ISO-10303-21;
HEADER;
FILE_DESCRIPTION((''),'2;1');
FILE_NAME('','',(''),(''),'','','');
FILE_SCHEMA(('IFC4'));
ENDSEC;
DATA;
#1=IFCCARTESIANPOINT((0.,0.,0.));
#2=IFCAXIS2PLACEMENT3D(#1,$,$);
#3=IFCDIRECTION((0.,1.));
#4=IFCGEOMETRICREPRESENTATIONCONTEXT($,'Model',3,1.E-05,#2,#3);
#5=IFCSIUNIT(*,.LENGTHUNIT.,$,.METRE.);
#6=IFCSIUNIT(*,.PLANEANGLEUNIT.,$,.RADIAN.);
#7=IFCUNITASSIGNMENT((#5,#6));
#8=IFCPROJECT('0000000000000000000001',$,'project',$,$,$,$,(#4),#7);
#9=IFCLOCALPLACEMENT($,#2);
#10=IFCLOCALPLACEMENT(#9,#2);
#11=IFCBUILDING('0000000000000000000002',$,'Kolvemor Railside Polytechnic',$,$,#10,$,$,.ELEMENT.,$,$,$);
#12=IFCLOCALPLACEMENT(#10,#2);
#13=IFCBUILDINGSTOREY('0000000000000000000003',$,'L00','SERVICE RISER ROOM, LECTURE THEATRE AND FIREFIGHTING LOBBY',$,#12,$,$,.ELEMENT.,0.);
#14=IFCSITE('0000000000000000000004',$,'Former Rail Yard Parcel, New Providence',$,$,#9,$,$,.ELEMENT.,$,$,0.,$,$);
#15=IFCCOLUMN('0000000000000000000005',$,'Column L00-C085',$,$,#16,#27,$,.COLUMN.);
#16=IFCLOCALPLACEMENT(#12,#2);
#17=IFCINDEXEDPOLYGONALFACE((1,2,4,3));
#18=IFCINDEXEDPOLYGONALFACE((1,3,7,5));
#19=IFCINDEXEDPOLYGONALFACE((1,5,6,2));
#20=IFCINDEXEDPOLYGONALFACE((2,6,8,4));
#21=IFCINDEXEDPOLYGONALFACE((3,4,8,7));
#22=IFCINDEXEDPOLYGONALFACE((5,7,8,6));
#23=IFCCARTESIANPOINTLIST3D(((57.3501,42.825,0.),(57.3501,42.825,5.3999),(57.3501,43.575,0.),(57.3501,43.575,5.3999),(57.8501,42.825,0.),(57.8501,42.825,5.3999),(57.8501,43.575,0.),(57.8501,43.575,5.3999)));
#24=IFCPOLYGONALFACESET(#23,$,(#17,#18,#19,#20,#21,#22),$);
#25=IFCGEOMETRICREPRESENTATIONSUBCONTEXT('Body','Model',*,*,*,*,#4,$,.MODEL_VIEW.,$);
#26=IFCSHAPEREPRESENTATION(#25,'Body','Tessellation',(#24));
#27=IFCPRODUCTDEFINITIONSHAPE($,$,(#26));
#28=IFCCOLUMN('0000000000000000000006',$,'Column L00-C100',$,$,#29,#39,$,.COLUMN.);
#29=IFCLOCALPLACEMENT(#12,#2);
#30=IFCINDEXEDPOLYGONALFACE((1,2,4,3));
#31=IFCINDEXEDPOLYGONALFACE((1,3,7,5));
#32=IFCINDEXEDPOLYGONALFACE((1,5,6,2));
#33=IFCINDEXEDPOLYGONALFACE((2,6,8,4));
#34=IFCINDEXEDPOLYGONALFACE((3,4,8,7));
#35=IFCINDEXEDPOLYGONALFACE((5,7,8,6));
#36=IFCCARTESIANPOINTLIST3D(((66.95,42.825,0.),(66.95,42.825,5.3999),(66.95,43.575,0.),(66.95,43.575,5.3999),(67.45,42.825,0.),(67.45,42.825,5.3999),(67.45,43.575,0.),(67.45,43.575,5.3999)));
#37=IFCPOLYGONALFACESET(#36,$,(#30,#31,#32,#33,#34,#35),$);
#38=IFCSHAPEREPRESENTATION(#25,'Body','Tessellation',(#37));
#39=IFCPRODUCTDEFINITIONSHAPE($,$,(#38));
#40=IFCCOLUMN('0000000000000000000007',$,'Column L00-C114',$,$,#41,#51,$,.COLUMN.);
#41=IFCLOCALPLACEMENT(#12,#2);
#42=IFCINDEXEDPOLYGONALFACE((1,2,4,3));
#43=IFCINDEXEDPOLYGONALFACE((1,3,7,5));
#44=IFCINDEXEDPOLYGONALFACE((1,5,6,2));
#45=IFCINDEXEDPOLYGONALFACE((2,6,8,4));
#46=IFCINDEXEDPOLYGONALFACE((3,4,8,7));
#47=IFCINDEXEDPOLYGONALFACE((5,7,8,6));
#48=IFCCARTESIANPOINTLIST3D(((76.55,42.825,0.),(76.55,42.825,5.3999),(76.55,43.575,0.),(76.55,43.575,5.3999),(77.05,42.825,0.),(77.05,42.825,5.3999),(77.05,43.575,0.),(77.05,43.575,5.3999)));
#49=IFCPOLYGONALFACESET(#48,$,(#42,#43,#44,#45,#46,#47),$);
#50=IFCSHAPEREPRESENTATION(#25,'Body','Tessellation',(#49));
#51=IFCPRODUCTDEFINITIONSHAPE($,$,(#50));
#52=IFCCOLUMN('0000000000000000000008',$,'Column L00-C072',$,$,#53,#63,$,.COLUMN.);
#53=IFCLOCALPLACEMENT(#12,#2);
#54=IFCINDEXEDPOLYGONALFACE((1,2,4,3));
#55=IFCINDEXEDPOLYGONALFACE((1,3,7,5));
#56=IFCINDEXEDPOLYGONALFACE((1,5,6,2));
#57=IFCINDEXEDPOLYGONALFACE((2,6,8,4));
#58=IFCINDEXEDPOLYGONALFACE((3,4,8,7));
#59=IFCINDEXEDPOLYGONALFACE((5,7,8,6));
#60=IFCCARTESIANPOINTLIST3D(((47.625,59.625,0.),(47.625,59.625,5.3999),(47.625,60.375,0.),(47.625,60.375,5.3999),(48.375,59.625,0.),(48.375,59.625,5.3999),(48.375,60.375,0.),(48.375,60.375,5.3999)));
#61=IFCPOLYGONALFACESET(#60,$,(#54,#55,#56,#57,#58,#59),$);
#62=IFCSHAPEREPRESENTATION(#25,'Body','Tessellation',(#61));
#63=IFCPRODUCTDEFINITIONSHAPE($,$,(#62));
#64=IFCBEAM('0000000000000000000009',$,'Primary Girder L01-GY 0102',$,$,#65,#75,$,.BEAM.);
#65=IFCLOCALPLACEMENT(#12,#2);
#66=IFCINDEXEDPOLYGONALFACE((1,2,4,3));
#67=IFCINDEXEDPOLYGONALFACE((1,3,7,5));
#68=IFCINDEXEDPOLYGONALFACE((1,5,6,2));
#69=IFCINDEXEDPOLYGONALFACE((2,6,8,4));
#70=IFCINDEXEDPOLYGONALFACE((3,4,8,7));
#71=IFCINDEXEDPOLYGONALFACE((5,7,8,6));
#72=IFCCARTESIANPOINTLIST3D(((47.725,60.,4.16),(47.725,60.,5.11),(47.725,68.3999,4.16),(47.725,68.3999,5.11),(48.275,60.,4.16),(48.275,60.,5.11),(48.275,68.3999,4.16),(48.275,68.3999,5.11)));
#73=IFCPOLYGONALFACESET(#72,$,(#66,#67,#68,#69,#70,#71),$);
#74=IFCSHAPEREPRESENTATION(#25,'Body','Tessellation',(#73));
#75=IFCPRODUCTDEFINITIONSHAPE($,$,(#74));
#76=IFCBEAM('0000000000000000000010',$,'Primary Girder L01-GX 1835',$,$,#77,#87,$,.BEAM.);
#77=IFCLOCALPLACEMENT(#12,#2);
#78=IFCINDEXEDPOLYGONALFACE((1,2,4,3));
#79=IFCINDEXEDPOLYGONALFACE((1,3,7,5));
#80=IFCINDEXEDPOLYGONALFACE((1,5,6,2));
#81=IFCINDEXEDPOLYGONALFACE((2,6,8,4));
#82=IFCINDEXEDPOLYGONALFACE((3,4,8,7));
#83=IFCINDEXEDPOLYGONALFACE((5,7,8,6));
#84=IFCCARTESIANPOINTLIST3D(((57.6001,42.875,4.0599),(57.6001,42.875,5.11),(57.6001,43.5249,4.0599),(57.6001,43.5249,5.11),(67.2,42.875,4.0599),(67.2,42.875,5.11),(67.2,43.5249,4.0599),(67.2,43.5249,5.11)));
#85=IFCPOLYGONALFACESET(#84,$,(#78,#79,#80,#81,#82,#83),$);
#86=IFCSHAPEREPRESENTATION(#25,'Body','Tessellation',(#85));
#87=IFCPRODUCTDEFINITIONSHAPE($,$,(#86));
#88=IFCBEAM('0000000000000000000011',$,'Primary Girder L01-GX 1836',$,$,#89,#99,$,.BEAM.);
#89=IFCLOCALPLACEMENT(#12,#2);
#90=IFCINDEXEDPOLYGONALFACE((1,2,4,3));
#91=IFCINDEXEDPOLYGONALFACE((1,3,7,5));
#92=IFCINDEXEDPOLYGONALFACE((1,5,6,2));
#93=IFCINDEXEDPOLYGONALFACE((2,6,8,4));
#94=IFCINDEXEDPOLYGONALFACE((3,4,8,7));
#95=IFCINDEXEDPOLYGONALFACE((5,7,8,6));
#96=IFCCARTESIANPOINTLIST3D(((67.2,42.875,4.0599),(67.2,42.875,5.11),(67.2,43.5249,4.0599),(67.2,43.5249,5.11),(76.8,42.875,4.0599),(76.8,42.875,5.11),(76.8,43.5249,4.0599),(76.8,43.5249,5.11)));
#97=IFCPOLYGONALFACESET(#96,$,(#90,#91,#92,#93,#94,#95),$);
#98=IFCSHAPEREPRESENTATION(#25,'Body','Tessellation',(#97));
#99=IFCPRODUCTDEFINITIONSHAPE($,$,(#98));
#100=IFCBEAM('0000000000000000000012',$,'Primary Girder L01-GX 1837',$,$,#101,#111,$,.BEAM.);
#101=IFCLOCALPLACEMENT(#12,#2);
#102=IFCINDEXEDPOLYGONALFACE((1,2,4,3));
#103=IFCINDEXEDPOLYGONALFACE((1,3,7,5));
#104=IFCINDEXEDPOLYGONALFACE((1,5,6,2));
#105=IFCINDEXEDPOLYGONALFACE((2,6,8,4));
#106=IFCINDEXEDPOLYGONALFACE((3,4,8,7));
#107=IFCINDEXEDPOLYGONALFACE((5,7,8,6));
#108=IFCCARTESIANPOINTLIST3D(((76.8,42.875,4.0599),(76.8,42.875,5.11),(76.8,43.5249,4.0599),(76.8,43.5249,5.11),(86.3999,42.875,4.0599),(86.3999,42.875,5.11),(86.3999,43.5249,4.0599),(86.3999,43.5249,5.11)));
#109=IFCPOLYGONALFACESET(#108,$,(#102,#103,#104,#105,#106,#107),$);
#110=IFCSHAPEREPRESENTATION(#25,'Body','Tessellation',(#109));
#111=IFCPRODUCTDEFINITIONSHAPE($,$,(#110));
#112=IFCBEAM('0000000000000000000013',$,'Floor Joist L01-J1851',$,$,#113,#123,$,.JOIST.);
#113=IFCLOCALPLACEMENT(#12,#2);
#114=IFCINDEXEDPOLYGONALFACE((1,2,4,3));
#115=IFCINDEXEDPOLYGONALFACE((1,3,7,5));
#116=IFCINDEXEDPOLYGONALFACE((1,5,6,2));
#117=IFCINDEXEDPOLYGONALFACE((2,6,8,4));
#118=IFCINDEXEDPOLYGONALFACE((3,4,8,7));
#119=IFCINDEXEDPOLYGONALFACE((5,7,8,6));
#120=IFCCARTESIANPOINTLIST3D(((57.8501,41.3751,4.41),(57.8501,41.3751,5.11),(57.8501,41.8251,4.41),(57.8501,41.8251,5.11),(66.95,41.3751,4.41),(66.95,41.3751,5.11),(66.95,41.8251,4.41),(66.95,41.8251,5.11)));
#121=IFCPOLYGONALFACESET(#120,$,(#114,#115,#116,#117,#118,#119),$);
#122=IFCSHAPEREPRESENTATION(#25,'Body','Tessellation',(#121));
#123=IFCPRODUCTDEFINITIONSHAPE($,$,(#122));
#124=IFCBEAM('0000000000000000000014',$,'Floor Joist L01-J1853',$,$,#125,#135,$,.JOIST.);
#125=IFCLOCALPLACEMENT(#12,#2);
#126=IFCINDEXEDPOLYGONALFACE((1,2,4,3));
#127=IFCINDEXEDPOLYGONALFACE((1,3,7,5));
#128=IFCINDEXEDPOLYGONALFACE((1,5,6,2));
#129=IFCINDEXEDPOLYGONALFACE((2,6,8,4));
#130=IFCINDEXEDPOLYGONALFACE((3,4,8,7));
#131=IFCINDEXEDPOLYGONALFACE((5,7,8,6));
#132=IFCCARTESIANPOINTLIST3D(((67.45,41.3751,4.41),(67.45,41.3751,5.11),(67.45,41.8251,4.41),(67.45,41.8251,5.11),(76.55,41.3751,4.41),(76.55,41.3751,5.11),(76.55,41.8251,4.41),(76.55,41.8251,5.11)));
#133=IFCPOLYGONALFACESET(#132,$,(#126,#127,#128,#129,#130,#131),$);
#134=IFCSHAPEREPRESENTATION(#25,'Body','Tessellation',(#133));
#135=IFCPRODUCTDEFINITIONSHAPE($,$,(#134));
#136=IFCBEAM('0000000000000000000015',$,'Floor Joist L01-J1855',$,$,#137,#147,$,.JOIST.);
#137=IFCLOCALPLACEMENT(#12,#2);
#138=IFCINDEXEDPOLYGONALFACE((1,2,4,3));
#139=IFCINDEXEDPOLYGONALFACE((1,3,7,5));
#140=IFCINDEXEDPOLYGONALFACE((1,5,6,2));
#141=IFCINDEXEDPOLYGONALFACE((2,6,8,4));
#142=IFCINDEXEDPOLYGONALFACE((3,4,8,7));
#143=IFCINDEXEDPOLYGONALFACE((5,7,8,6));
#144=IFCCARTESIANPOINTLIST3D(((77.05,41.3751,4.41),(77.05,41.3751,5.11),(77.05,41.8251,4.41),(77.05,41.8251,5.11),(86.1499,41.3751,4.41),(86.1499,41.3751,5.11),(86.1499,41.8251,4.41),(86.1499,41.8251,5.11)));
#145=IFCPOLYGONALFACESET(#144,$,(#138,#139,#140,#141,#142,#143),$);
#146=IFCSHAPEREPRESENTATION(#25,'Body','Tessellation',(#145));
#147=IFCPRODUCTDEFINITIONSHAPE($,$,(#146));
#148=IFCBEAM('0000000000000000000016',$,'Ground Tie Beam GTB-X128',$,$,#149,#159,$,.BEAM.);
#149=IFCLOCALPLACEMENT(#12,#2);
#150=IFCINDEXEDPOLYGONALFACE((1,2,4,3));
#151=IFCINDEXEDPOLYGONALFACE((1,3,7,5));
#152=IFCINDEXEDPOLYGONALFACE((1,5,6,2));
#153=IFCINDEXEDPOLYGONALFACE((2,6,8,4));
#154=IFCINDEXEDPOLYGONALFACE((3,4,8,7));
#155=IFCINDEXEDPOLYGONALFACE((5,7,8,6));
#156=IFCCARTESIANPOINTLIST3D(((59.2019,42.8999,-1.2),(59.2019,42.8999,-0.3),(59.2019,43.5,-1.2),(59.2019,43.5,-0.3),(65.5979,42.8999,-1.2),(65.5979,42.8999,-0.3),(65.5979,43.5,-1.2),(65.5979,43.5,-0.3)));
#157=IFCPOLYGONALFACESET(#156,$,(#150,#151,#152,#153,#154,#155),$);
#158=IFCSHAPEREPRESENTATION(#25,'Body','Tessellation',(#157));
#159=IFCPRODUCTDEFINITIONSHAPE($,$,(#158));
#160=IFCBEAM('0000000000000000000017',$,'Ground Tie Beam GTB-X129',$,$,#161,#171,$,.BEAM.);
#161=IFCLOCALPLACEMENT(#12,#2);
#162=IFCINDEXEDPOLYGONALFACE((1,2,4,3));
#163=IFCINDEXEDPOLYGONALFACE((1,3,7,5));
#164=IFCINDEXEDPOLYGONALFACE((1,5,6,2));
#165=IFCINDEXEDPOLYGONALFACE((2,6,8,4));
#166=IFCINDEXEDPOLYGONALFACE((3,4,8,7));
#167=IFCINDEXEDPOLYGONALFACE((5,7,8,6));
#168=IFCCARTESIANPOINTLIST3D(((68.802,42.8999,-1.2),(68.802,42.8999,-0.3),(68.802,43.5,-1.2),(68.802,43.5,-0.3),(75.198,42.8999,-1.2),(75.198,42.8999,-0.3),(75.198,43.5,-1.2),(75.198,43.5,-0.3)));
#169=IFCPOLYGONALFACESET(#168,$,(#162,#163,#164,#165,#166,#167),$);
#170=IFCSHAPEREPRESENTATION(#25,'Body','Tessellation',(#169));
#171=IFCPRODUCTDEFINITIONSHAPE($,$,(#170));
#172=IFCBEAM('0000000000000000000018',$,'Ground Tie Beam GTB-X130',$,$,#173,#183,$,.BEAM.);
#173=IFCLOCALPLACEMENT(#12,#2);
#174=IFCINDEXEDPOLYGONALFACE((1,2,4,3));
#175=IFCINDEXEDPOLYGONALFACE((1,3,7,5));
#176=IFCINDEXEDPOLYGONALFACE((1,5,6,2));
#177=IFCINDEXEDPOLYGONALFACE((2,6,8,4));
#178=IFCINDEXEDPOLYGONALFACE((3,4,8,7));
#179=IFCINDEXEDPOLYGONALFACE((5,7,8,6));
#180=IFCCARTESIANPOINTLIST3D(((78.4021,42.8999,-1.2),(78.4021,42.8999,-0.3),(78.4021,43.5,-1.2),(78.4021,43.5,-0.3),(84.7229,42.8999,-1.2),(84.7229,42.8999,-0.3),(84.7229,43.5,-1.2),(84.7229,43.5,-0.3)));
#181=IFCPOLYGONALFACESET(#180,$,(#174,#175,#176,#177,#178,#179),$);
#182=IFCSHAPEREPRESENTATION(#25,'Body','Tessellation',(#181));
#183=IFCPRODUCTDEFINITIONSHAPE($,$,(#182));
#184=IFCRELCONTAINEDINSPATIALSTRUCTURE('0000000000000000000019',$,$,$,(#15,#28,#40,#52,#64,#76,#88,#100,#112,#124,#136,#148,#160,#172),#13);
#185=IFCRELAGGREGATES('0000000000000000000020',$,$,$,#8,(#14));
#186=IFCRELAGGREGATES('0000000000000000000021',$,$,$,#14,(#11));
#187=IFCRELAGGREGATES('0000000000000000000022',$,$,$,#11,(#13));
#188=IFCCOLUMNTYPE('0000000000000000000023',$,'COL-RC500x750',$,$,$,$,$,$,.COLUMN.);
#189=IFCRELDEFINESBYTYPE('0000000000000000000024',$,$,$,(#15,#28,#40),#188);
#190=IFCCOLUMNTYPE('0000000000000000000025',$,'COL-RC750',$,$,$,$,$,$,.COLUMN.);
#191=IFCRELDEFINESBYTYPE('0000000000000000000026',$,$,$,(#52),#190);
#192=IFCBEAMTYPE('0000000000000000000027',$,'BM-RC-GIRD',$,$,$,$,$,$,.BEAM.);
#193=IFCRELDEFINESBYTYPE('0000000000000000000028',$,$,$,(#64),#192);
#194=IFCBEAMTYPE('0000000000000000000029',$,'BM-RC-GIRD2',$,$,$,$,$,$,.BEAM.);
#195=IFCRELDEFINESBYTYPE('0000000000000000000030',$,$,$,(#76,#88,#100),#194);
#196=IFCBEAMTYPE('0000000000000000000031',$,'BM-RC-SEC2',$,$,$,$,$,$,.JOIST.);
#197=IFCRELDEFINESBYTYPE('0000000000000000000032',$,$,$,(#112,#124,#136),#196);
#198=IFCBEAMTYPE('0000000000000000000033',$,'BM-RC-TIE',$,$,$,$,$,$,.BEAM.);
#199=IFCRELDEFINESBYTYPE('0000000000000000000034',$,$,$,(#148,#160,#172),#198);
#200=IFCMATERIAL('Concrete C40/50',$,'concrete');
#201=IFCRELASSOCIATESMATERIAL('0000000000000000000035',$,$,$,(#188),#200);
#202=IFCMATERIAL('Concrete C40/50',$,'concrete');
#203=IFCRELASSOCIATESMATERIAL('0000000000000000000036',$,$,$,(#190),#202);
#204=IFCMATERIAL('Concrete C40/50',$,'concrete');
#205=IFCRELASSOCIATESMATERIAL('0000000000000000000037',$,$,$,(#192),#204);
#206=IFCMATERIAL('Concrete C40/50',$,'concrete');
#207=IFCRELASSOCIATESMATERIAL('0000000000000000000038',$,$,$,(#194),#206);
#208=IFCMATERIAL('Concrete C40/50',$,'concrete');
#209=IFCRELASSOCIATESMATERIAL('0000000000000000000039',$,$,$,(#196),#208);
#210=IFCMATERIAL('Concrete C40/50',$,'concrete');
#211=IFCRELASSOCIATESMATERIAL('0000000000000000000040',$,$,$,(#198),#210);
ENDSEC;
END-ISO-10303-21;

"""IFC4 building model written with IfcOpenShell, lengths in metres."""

from ifc_helpers import new_model, si_unit, direction, frame, origin, origin_2d, place, context, subcontext, project, spatial, rectangle, extrude, material, material_profile, profile_set, type_object, element, save


model = new_model("IFC4")

# Units and contexts
model_context = context("Model", 3, precision=1e-05, world=origin(), true_north=direction((0.0, 1.0)))
body_context = subcontext(model_context, "Body", "Model", "MODEL_VIEW")
ifc_project = project(units=[si_unit("LENGTHUNIT", "METRE"), si_unit("PLANEANGLEUNIT", "RADIAN")], contexts=[model_context])

# Site, building, storey
site_placement = place(None, origin())
site = spatial("IfcSite", under=ifc_project, at=site_placement, Name="Former Rail Yard Parcel, New Providence", CompositionType="ELEMENT", RefElevation=0.0)
building_placement = place(site_placement, origin())
building = spatial("IfcBuilding", under=site, at=building_placement, Name="Kolvemor Railside Polytechnic", CompositionType="ELEMENT")
storey_placement = place(building_placement, origin())
storey = spatial("IfcBuildingStorey", under=building, at=storey_placement, Name="L00", Description="SERVICE RISER ROOM, LECTURE THEATRE AND FIREFIGHTING LOBBY", CompositionType="ELEMENT", Elevation=0.0)

# Columns
ifc_material_1 = material(Name="Concrete C40/50", Category="concrete")
ifc_material_profile_1 = material_profile(ifc_material_1, rectangle(XDim=0.5, YDim=0.75, at=origin_2d()), Name="RC500x750")
ifc_profile_set_1 = profile_set([ifc_material_profile_1], Name="Concrete C40/50")
column_type_1 = type_object("IfcColumnType", Name="COL-RC500x750", PredefinedType="COLUMN", material=ifc_profile_set_1)
for number, where, z_axis, x_axis, name in (
    (1, (57.6001, 43.2, 0.0), (0.0, 0.0, 1.0), (1.0, 0.0, 0.0), "Column L00-C085"),
    (2, (67.2, 43.2, 0.0), (0.0, 0.0, 1.0), (1.0, 0.0, 0.0), "Column L00-C100"),
    (3, (76.8, 43.2, 0.0), (0.0, 0.0, 1.0), (1.0, 0.0, 0.0), "Column L00-C114"),
):
    element("IfcColumn", number, at=place(storey_placement, frame(where, z_axis=z_axis, x_axis=x_axis)), inside=storey, type_object=column_type_1, Name=name, PredefinedType="COLUMN", context=body_context, shape_type="SweptSolid", body=[
        extrude(rectangle(XDim=0.5, YDim=0.75, at=origin_2d()), origin(), (0.0, 0.0, 1.0), 5.3999),
    ])
ifc_material_2 = material(Name="Concrete C40/50", Category="concrete")
ifc_material_profile_2 = material_profile(ifc_material_2, rectangle(XDim=0.75, YDim=0.75, at=origin_2d()), Name="RC750x750")
ifc_profile_set_2 = profile_set([ifc_material_profile_2], Name="Concrete C40/50")
column_type_2 = type_object("IfcColumnType", Name="COL-RC750", PredefinedType="COLUMN", material=ifc_profile_set_2)
column_placement = place(storey_placement, frame((48.0, 60.0, 0.0), z_axis=(0.0, 0.0, 1.0), x_axis=(1.0, 0.0, 0.0)))
element("IfcColumn", 4, at=column_placement, inside=storey, type_object=column_type_2, Name="Column L00-C072", PredefinedType="COLUMN", context=body_context, shape_type="SweptSolid", body=[
    extrude(rectangle(XDim=0.75, YDim=0.75, at=origin_2d()), origin(), (0.0, 0.0, 1.0), 5.3999),
])

# Beams
ifc_material_3 = material(Name="Concrete C40/50", Category="concrete")
ifc_material_profile_3 = material_profile(ifc_material_3, rectangle(XDim=0.55, YDim=0.95, at=origin_2d()), Name="RC550x950")
ifc_profile_set_3 = profile_set([ifc_material_profile_3], Name="Concrete C40/50")
beam_type_1 = type_object("IfcBeamType", Name="BM-RC-GIRD", PredefinedType="BEAM", material=ifc_profile_set_3)
beam_1_placement = place(storey_placement, frame((48.0, 60.0, 4.635), z_axis=(0.0, 1.0, 0.0), x_axis=(-1.0, 0.0, 0.0)))
element("IfcBeam", 5, at=beam_1_placement, inside=storey, type_object=beam_type_1, Name="Primary Girder L01-GY 0102", PredefinedType="BEAM", context=body_context, shape_type="SweptSolid", body=[
    extrude(rectangle(XDim=0.55, YDim=0.95, at=origin_2d()), origin(), (0.0, 0.0, 1.0), 8.3999),
])
ifc_material_4 = material(Name="Concrete C40/50", Category="concrete")
ifc_material_profile_4 = material_profile(ifc_material_4, rectangle(XDim=0.6499, YDim=1.05, at=origin_2d()), Name="RC650x1050")
ifc_profile_set_4 = profile_set([ifc_material_profile_4], Name="Concrete C40/50")
beam_type_2 = type_object("IfcBeamType", Name="BM-RC-GIRD2", PredefinedType="BEAM", material=ifc_profile_set_4)
beam_2_placement = place(storey_placement, frame((57.6001, 43.2, 4.585), z_axis=(1.0, 0.0, 0.0), x_axis=(0.0, 1.0, 0.0)))
element("IfcBeam", 6, at=beam_2_placement, inside=storey, type_object=beam_type_2, Name="Primary Girder L01-GX 1835", PredefinedType="BEAM", context=body_context, shape_type="SweptSolid", body=[
    extrude(rectangle(XDim=0.6499, YDim=1.05, at=origin_2d()), origin(), (0.0, 0.0, 1.0), 9.5999),
])
beam_3_placement = place(storey_placement, frame((67.2, 43.2, 4.585), z_axis=(1.0, 0.0, 0.0), x_axis=(0.0, 1.0, 0.0)))
element("IfcBeam", 7, at=beam_3_placement, inside=storey, type_object=beam_type_2, Name="Primary Girder L01-GX 1836", PredefinedType="BEAM", context=body_context, shape_type="SweptSolid", body=[
    extrude(rectangle(XDim=0.6499, YDim=1.05, at=origin_2d()), origin(), (0.0, 0.0, 1.0), 9.6001),
])
beam_4_placement = place(storey_placement, frame((76.8, 43.2, 4.585), z_axis=(1.0, 0.0, 0.0), x_axis=(0.0, 1.0, 0.0)))
element("IfcBeam", 8, at=beam_4_placement, inside=storey, type_object=beam_type_2, Name="Primary Girder L01-GX 1837", PredefinedType="BEAM", context=body_context, shape_type="SweptSolid", body=[
    extrude(rectangle(XDim=0.6499, YDim=1.05, at=origin_2d()), origin(), (0.0, 0.0, 1.0), 9.5999),
])
ifc_material_5 = material(Name="Concrete C40/50", Category="concrete")
ifc_material_profile_5 = material_profile(ifc_material_5, rectangle(XDim=0.45, YDim=0.7, at=origin_2d()), Name="RC450x700")
ifc_profile_set_5 = profile_set([ifc_material_profile_5], Name="Concrete C40/50")
beam_type_3 = type_object("IfcBeamType", Name="BM-RC-SEC2", PredefinedType="JOIST", material=ifc_profile_set_5)
beam_5_placement = place(storey_placement, frame((57.8501, 41.6001, 4.76), z_axis=(1.0, 0.0, 0.0), x_axis=(0.0, 1.0, 0.0)))
element("IfcBeam", 9, at=beam_5_placement, inside=storey, type_object=beam_type_3, Name="Floor Joist L01-J1851", PredefinedType="JOIST", context=body_context, shape_type="SweptSolid", body=[
    extrude(rectangle(XDim=0.45, YDim=0.7, at=origin_2d()), origin(), (0.0, 0.0, 1.0), 9.0999),
])
beam_6_placement = place(storey_placement, frame((67.45, 41.6001, 4.76), z_axis=(1.0, 0.0, 0.0), x_axis=(0.0, 1.0, 0.0)))
element("IfcBeam", 10, at=beam_6_placement, inside=storey, type_object=beam_type_3, Name="Floor Joist L01-J1853", PredefinedType="JOIST", context=body_context, shape_type="SweptSolid", body=[
    extrude(rectangle(XDim=0.45, YDim=0.7, at=origin_2d()), origin(), (0.0, 0.0, 1.0), 9.1001),
])
beam_7_placement = place(storey_placement, frame((77.05, 41.6001, 4.76), z_axis=(1.0, 0.0, 0.0), x_axis=(0.0, 1.0, 0.0)))
element("IfcBeam", 11, at=beam_7_placement, inside=storey, type_object=beam_type_3, Name="Floor Joist L01-J1855", PredefinedType="JOIST", context=body_context, shape_type="SweptSolid", body=[
    extrude(rectangle(XDim=0.45, YDim=0.7, at=origin_2d()), origin(), (0.0, 0.0, 1.0), 9.0999),
])
ifc_material_6 = material(Name="Concrete C40/50", Category="concrete")
ifc_material_profile_6 = material_profile(ifc_material_6, rectangle(XDim=0.6001, YDim=0.8999, at=origin_2d()), Name="RC600x900")
ifc_profile_set_6 = profile_set([ifc_material_profile_6], Name="Concrete C40/50")
beam_type_4 = type_object("IfcBeamType", Name="BM-RC-TIE", PredefinedType="BEAM", material=ifc_profile_set_6)
for number, where, z_axis, x_axis, name in (
    (12, (59.2019, 43.2, -0.75), (1.0, 0.0, 0.0), (0.0, 1.0, 0.0), "Ground Tie Beam GTB-X128"),
    (13, (68.802, 43.2, -0.75), (1.0, 0.0, 0.0), (0.0, 1.0, 0.0), "Ground Tie Beam GTB-X129"),
):
    element("IfcBeam", number, at=place(storey_placement, frame(where, z_axis=z_axis, x_axis=x_axis)), inside=storey, type_object=beam_type_4, Name=name, PredefinedType="BEAM", context=body_context, shape_type="SweptSolid", body=[
        extrude(rectangle(XDim=0.6001, YDim=0.8999, at=origin_2d()), origin(), (0.0, 0.0, 1.0), 6.396),
    ])
beam_8_placement = place(storey_placement, frame((78.4021, 43.2, -0.75), z_axis=(1.0, 0.0, 0.0), x_axis=(0.0, 1.0, 0.0)))
element("IfcBeam", 14, at=beam_8_placement, inside=storey, type_object=beam_type_4, Name="Ground Tie Beam GTB-X130", PredefinedType="BEAM", context=body_context, shape_type="SweptSolid", body=[
    extrude(rectangle(XDim=0.6001, YDim=0.8999, at=origin_2d()), origin(), (0.0, 0.0, 1.0), 6.3208),
])

save(model, "model.ifc")
